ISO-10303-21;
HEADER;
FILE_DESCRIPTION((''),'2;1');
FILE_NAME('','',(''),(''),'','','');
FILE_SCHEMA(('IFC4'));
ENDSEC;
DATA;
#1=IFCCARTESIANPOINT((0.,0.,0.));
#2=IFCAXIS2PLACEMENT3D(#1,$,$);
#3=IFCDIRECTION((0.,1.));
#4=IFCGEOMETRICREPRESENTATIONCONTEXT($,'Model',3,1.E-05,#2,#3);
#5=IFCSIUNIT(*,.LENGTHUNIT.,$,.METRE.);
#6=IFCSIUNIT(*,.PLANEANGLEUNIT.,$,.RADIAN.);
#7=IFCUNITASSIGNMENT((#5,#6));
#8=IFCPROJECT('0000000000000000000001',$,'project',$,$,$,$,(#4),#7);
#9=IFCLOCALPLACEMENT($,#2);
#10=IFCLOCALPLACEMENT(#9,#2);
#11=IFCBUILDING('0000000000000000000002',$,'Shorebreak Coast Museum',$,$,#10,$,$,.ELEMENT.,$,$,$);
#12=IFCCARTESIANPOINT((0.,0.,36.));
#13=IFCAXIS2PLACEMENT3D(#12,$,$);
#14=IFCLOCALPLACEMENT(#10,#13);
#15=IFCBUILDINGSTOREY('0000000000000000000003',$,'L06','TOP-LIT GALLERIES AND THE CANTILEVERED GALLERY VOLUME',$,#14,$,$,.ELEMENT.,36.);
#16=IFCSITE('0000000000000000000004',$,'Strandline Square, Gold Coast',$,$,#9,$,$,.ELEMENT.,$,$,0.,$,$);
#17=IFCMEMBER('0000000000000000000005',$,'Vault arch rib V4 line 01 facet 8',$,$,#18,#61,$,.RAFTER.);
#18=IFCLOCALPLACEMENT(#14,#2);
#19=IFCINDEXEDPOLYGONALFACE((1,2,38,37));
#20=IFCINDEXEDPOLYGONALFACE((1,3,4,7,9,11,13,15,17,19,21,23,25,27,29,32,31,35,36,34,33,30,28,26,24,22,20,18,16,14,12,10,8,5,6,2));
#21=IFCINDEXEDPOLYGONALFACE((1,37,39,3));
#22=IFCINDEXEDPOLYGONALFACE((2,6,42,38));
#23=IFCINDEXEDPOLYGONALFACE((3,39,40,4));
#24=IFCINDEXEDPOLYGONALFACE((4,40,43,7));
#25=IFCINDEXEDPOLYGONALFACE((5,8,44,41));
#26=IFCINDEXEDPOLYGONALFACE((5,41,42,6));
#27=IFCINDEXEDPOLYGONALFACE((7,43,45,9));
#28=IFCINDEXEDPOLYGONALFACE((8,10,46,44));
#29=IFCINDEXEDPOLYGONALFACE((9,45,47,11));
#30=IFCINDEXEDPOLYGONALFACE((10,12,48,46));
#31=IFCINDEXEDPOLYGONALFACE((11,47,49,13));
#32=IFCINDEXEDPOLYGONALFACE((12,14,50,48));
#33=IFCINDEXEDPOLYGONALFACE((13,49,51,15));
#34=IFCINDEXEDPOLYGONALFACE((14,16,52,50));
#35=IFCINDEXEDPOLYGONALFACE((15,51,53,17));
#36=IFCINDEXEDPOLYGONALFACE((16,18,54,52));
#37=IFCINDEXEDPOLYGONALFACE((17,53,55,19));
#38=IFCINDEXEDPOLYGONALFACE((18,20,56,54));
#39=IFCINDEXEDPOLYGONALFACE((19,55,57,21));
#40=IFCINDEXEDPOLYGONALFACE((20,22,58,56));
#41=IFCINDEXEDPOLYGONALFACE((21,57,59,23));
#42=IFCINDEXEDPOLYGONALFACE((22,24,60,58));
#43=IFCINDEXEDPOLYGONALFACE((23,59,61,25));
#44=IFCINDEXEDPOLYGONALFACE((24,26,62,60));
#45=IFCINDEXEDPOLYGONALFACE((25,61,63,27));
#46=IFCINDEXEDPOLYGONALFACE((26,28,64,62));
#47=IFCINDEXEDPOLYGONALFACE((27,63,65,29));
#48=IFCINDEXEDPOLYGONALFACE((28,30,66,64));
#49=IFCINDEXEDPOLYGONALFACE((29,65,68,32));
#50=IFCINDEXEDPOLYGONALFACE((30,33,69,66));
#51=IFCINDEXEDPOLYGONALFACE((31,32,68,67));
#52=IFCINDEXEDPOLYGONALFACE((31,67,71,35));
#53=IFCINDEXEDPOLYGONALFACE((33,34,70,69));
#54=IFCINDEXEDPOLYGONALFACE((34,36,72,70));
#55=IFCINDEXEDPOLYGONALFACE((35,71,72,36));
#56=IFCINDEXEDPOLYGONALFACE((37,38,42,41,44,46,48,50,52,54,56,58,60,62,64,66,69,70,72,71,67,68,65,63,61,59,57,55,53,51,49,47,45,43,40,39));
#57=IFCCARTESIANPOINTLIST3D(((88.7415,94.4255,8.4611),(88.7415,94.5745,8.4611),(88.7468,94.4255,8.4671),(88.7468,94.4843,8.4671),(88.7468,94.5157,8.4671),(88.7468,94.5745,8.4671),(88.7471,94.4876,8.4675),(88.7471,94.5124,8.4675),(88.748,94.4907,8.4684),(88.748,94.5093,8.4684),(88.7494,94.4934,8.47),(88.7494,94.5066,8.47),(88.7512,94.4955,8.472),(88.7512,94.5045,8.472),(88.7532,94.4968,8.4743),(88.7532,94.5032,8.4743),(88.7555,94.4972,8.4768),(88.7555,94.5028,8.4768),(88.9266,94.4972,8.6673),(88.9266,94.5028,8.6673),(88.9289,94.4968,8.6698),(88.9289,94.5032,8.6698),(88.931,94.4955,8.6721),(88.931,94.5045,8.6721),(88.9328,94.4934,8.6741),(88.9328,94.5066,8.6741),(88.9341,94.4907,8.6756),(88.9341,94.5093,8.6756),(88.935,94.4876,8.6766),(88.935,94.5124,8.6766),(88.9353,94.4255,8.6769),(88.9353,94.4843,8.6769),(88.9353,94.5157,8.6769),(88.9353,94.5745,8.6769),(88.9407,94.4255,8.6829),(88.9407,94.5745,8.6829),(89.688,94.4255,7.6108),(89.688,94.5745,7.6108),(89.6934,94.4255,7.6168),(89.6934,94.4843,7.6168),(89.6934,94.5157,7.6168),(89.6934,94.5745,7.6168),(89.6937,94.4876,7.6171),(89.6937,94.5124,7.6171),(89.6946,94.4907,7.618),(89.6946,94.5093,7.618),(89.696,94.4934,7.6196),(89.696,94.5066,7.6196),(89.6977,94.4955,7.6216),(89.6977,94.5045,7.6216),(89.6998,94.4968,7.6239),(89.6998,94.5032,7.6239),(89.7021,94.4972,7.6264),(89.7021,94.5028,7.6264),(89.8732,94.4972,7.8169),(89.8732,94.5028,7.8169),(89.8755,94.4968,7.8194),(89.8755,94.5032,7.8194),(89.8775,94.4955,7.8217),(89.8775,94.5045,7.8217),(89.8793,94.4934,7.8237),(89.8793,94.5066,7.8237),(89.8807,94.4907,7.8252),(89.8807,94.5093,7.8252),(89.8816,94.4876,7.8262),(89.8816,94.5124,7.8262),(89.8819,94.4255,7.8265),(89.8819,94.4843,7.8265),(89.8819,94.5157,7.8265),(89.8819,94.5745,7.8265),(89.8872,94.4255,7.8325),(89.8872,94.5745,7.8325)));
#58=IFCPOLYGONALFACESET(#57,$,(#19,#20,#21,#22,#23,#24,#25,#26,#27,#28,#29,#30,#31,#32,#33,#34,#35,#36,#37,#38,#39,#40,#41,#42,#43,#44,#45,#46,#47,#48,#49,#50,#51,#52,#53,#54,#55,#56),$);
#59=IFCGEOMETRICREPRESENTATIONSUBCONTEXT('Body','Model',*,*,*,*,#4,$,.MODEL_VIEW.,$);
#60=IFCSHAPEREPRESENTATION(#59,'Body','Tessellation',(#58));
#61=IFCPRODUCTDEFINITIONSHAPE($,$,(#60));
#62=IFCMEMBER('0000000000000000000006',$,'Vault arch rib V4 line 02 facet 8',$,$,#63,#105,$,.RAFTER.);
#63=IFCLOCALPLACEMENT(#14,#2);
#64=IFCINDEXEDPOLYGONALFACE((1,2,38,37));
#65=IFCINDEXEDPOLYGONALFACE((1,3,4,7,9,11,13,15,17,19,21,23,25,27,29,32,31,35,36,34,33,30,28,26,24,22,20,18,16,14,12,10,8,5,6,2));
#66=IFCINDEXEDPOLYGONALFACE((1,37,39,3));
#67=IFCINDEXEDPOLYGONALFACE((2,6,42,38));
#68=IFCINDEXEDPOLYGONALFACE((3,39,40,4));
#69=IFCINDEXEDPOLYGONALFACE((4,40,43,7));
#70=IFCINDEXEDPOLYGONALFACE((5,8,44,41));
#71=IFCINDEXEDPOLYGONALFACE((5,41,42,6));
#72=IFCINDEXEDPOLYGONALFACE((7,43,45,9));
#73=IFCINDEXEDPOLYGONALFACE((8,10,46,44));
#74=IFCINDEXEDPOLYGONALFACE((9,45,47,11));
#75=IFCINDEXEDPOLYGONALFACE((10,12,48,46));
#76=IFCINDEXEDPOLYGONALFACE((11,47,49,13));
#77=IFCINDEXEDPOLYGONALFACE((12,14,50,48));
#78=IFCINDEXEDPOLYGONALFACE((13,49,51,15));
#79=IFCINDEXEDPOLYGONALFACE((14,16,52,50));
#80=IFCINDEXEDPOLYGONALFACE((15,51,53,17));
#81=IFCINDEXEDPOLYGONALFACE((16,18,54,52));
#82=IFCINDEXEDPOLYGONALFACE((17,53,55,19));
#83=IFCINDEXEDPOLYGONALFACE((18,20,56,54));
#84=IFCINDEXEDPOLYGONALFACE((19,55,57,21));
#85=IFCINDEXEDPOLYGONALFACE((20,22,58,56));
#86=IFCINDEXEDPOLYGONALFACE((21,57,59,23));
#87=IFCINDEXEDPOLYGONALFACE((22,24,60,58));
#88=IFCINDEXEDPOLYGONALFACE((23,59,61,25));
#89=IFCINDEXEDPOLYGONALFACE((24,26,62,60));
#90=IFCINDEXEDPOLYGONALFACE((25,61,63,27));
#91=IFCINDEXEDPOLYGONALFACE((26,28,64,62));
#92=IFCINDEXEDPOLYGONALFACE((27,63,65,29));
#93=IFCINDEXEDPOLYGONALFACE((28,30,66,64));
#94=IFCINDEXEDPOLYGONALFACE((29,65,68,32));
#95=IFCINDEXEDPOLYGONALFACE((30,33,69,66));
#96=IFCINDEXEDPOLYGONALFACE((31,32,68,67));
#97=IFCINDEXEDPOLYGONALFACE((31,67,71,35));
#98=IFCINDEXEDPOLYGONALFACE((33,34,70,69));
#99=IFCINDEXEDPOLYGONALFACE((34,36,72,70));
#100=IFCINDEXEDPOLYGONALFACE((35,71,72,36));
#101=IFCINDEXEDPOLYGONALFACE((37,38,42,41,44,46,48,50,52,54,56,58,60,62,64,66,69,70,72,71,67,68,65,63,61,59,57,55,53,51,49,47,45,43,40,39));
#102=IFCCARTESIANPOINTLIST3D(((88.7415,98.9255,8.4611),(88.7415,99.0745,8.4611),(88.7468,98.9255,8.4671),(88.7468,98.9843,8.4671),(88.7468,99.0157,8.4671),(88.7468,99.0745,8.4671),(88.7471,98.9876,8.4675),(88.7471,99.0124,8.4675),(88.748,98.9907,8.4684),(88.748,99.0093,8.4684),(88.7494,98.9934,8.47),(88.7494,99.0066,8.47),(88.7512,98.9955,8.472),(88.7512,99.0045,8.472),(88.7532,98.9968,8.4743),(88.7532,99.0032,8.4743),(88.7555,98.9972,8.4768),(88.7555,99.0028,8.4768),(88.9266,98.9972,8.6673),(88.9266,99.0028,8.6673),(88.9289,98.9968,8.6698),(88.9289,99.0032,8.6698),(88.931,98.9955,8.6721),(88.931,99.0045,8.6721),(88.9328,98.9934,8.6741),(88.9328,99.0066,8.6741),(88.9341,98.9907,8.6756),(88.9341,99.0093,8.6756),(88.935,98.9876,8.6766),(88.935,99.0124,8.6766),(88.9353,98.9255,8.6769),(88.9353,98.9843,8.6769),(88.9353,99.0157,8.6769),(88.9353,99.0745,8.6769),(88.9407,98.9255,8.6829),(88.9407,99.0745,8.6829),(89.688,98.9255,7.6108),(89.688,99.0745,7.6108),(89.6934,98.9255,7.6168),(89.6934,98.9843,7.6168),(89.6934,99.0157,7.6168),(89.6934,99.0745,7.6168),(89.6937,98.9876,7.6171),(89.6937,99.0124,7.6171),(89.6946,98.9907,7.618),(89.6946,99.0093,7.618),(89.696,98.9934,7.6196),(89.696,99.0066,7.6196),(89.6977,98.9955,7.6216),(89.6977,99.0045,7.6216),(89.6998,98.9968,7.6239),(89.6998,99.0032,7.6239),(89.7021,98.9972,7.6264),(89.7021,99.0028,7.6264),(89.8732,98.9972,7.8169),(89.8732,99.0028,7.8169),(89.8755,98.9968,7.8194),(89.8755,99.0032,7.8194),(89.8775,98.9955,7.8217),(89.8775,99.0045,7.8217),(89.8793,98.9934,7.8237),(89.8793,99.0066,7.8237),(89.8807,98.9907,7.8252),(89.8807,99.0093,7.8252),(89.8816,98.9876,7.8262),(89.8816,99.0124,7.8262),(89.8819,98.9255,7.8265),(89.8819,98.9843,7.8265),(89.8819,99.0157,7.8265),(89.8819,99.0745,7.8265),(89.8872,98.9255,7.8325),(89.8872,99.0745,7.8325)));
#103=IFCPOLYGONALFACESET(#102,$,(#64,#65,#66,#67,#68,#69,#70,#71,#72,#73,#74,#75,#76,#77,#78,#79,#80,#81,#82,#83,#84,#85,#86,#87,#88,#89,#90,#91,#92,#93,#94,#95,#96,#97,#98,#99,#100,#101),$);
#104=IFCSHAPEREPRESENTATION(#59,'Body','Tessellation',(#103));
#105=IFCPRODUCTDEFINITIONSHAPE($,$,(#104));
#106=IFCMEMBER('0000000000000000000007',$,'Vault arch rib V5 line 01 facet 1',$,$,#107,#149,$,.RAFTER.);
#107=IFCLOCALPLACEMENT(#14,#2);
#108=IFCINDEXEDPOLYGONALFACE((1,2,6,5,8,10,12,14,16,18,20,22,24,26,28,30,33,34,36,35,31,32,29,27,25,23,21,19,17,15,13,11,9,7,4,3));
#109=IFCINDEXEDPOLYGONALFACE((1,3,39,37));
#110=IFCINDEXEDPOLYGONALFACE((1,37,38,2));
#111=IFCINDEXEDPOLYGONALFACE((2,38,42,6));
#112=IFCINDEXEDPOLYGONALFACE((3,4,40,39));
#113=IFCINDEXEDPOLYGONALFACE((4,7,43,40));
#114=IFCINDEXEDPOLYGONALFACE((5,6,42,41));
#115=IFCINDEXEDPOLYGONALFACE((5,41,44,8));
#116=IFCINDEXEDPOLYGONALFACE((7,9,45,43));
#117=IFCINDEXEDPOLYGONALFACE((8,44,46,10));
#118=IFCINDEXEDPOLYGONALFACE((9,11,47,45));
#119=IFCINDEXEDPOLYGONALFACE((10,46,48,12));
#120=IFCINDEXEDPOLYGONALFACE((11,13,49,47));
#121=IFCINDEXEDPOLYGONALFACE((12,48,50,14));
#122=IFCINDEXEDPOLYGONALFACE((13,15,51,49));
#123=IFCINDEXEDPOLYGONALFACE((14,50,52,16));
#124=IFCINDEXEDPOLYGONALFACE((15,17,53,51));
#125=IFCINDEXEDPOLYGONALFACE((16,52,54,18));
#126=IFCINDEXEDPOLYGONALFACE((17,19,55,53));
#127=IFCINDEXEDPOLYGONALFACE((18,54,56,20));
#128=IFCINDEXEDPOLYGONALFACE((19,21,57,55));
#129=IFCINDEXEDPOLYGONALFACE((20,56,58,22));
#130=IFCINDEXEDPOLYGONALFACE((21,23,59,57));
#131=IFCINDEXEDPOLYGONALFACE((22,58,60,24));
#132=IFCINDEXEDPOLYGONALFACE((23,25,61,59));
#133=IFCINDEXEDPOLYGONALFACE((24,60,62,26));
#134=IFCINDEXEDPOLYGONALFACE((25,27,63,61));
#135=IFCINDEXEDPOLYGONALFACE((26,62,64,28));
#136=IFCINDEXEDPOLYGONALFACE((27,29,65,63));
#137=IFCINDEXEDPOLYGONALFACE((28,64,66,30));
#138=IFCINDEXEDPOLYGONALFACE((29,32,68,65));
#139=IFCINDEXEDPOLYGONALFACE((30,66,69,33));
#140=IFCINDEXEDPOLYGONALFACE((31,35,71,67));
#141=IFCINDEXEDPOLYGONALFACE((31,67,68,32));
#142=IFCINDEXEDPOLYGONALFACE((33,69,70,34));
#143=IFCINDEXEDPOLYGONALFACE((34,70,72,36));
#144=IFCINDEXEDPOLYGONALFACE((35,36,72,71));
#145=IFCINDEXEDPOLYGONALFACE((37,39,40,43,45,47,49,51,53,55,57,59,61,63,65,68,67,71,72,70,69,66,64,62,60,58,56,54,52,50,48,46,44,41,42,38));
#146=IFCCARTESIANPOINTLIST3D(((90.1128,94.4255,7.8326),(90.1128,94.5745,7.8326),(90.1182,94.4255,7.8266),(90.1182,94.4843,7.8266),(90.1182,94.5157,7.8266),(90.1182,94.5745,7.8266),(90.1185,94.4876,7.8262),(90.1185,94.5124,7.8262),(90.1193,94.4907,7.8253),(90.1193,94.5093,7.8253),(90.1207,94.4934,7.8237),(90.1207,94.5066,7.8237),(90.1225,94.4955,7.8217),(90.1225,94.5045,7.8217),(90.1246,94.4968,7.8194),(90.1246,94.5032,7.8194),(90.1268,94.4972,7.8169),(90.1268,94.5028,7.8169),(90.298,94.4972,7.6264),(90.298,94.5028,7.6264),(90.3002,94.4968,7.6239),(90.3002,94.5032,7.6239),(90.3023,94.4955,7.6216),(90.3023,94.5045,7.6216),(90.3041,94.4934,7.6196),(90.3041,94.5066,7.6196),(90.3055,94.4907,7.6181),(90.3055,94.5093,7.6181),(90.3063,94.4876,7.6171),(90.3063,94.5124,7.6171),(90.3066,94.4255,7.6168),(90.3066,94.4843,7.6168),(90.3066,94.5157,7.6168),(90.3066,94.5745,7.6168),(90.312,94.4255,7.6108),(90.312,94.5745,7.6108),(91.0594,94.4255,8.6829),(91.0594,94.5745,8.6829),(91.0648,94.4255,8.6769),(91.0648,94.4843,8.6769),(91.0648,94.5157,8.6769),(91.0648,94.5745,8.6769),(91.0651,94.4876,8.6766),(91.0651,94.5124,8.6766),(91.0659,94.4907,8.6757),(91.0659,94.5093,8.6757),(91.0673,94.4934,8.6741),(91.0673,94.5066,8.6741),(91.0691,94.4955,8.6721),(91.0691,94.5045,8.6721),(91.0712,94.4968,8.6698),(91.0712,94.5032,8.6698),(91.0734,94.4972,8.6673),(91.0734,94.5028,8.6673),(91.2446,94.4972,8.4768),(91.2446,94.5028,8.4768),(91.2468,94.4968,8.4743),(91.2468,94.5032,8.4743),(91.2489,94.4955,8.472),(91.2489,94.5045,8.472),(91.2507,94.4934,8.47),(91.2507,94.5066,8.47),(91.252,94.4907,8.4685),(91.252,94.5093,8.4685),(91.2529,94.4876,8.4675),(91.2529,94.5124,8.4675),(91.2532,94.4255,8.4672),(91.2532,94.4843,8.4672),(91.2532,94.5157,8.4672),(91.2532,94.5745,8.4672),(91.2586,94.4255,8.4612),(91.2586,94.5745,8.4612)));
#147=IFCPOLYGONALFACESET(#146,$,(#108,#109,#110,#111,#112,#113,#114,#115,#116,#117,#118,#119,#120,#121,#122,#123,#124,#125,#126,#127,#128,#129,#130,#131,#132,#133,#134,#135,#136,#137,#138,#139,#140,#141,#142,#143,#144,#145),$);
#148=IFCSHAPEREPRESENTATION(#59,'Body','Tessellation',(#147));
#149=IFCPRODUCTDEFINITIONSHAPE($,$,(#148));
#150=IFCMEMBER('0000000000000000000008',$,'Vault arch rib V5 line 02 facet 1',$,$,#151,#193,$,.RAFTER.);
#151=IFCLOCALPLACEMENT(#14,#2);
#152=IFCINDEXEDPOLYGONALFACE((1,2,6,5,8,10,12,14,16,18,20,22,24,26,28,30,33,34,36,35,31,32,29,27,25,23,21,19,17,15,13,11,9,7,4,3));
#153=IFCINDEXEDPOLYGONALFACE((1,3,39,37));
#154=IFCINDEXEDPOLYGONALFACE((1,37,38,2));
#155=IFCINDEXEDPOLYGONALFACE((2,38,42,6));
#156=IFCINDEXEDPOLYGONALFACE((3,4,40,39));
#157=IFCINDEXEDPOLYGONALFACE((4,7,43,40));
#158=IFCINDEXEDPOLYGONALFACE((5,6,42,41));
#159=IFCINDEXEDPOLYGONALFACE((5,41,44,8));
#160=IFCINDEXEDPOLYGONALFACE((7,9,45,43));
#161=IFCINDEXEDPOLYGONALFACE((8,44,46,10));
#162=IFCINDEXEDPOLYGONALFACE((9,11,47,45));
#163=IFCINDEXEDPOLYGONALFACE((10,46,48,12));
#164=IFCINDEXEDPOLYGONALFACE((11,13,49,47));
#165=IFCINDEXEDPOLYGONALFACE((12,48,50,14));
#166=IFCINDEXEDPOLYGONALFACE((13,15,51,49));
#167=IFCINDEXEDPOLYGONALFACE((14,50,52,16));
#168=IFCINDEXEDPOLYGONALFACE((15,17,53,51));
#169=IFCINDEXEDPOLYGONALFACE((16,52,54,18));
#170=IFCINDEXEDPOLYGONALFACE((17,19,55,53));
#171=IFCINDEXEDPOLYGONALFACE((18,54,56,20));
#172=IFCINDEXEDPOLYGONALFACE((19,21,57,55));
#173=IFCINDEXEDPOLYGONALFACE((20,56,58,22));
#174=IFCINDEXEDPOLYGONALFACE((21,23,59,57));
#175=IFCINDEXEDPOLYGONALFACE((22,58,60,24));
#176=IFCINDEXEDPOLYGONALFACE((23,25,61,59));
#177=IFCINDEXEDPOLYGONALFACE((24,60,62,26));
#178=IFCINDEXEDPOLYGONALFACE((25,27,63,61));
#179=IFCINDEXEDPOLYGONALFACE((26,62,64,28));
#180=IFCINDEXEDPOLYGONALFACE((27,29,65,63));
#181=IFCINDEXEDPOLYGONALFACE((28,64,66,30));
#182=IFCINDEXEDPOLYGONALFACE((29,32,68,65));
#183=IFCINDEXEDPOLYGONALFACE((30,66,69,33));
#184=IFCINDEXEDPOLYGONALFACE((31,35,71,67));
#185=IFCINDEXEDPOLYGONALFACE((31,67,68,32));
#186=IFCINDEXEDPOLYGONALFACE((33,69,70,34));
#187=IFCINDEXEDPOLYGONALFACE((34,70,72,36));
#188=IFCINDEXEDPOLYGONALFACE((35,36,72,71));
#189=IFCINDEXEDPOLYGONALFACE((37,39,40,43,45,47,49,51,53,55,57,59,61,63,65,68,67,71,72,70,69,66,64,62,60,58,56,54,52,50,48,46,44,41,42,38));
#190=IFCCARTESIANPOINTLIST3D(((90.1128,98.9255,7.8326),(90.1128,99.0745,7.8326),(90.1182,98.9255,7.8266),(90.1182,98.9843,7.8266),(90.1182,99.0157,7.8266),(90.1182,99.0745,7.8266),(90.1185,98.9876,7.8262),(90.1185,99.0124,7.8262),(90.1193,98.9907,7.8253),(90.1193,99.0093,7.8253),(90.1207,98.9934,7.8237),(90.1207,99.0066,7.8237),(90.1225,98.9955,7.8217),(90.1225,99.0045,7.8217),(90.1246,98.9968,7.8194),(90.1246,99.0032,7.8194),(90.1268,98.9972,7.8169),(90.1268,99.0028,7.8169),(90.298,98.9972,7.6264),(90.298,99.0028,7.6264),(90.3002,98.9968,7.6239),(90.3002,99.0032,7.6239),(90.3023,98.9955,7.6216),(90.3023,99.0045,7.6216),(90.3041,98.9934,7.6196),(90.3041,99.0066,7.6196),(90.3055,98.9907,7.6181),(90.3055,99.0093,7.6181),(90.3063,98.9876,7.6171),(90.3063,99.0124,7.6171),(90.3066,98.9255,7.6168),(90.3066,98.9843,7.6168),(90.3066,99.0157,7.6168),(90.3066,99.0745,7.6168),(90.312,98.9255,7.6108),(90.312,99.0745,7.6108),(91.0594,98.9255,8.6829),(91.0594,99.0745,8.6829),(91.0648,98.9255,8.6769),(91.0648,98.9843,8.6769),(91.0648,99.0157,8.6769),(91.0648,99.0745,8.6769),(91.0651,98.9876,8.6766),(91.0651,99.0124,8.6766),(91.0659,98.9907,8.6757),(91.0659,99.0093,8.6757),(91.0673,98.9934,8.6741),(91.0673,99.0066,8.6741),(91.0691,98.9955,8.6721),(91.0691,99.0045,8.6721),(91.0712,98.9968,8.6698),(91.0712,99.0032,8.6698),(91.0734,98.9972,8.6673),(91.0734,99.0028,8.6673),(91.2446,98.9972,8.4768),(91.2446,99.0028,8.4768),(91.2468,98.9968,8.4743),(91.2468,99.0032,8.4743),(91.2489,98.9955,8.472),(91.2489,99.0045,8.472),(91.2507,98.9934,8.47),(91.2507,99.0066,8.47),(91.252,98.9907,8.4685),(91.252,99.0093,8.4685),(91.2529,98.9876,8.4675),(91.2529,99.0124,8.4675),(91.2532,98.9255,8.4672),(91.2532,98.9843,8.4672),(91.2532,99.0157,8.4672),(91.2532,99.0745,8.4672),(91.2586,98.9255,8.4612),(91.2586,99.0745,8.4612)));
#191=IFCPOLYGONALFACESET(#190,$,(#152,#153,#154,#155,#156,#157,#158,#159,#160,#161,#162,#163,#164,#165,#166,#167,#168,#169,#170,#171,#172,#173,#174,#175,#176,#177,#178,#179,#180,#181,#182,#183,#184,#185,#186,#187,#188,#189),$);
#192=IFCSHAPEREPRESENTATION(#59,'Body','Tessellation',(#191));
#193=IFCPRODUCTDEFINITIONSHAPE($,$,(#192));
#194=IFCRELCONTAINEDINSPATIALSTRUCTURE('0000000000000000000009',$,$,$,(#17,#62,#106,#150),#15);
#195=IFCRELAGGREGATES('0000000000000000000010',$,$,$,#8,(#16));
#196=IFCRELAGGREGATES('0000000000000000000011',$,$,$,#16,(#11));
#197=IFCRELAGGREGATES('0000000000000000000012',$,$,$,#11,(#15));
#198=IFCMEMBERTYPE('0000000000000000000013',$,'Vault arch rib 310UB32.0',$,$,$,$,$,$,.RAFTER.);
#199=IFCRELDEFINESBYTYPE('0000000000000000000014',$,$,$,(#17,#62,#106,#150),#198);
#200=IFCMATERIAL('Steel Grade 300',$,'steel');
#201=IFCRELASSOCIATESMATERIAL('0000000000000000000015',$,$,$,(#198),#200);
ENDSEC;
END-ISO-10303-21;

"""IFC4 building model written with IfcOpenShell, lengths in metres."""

from ifc_helpers import new_model, si_unit, direction, frame, origin, origin_2d, place, context, subcontext, project, spatial, i_section, extrude, material, material_profile, profile_set, type_object, element, save


model = new_model("IFC4")

# Units and contexts
model_context = context("Model", 3, precision=1e-05, world=origin(), true_north=direction((0.0, 1.0)))
body_context = subcontext(model_context, "Body", "Model", "MODEL_VIEW")
ifc_project = project(units=[si_unit("LENGTHUNIT", "METRE"), si_unit("PLANEANGLEUNIT", "RADIAN")], contexts=[model_context])

# Site, building, storey
site_placement = place(None, origin())
site = spatial("IfcSite", under=ifc_project, at=site_placement, Name="Strandline Square, Gold Coast", CompositionType="ELEMENT", RefElevation=0.0)
building_placement = place(site_placement, origin())
building = spatial("IfcBuilding", under=site, at=building_placement, Name="Shorebreak Coast Museum", CompositionType="ELEMENT")
storey_placement = place(building_placement, frame((0.0, 0.0, 36.0)))
storey = spatial("IfcBuildingStorey", under=building, at=storey_placement, Name="L06", Description="TOP-LIT GALLERIES AND THE CANTILEVERED GALLERY VOLUME", CompositionType="ELEMENT", Elevation=36.0)

# Members
ifc_material_1 = material(Name="Steel Grade 300", Category="steel")
ifc_material_profile_1 = material_profile(ifc_material_1, i_section(OverallWidth=0.1489, OverallDepth=0.2981, WebThickness=0.0056, FlangeThickness=0.0081, FilletRadius=0.0129, at=origin_2d()), Name="310UB32.0")
ifc_profile_set_1 = profile_set([ifc_material_profile_1], Name="Steel Grade 300")
member_type_1 = type_object("IfcMemberType", Name="Vault arch rib 310UB32.0", PredefinedType="RAFTER", material=ifc_profile_set_1)
for number, where, z_axis, x_axis, name in (
    (1, (88.8411, 94.5, 8.572), (0.743895, 0.0, -0.668297), (0.0, 1.0, 0.0), "Vault arch rib V4 line 01 facet 8"),
    (2, (88.8411, 99.0, 8.572), (0.743895, 0.0, -0.668297), (0.0, 1.0, 0.0), "Vault arch rib V4 line 02 facet 8"),
    (3, (90.2124, 94.5, 7.7217), (0.743895, 0.0, 0.668297), (0.0, 1.0, 0.0), "Vault arch rib V5 line 01 facet 1"),
    (4, (90.2124, 99.0, 7.7217), (0.743895, 0.0, 0.668297), (0.0, 1.0, 0.0), "Vault arch rib V5 line 02 facet 1"),
):
    element("IfcMember", number, at=place(storey_placement, frame(where, z_axis=z_axis, x_axis=x_axis)), inside=storey, type_object=member_type_1, Name=name, PredefinedType="RAFTER", context=body_context, shape_type="SweptSolid", body=[
        extrude(i_section(OverallWidth=0.1489, OverallDepth=0.2981, WebThickness=0.0056, FlangeThickness=0.0081, FilletRadius=0.0129, at=origin_2d()), origin(), (0.0, 0.0, 1.0), 1.2725),
    ])

save(model, "model.ifc")
